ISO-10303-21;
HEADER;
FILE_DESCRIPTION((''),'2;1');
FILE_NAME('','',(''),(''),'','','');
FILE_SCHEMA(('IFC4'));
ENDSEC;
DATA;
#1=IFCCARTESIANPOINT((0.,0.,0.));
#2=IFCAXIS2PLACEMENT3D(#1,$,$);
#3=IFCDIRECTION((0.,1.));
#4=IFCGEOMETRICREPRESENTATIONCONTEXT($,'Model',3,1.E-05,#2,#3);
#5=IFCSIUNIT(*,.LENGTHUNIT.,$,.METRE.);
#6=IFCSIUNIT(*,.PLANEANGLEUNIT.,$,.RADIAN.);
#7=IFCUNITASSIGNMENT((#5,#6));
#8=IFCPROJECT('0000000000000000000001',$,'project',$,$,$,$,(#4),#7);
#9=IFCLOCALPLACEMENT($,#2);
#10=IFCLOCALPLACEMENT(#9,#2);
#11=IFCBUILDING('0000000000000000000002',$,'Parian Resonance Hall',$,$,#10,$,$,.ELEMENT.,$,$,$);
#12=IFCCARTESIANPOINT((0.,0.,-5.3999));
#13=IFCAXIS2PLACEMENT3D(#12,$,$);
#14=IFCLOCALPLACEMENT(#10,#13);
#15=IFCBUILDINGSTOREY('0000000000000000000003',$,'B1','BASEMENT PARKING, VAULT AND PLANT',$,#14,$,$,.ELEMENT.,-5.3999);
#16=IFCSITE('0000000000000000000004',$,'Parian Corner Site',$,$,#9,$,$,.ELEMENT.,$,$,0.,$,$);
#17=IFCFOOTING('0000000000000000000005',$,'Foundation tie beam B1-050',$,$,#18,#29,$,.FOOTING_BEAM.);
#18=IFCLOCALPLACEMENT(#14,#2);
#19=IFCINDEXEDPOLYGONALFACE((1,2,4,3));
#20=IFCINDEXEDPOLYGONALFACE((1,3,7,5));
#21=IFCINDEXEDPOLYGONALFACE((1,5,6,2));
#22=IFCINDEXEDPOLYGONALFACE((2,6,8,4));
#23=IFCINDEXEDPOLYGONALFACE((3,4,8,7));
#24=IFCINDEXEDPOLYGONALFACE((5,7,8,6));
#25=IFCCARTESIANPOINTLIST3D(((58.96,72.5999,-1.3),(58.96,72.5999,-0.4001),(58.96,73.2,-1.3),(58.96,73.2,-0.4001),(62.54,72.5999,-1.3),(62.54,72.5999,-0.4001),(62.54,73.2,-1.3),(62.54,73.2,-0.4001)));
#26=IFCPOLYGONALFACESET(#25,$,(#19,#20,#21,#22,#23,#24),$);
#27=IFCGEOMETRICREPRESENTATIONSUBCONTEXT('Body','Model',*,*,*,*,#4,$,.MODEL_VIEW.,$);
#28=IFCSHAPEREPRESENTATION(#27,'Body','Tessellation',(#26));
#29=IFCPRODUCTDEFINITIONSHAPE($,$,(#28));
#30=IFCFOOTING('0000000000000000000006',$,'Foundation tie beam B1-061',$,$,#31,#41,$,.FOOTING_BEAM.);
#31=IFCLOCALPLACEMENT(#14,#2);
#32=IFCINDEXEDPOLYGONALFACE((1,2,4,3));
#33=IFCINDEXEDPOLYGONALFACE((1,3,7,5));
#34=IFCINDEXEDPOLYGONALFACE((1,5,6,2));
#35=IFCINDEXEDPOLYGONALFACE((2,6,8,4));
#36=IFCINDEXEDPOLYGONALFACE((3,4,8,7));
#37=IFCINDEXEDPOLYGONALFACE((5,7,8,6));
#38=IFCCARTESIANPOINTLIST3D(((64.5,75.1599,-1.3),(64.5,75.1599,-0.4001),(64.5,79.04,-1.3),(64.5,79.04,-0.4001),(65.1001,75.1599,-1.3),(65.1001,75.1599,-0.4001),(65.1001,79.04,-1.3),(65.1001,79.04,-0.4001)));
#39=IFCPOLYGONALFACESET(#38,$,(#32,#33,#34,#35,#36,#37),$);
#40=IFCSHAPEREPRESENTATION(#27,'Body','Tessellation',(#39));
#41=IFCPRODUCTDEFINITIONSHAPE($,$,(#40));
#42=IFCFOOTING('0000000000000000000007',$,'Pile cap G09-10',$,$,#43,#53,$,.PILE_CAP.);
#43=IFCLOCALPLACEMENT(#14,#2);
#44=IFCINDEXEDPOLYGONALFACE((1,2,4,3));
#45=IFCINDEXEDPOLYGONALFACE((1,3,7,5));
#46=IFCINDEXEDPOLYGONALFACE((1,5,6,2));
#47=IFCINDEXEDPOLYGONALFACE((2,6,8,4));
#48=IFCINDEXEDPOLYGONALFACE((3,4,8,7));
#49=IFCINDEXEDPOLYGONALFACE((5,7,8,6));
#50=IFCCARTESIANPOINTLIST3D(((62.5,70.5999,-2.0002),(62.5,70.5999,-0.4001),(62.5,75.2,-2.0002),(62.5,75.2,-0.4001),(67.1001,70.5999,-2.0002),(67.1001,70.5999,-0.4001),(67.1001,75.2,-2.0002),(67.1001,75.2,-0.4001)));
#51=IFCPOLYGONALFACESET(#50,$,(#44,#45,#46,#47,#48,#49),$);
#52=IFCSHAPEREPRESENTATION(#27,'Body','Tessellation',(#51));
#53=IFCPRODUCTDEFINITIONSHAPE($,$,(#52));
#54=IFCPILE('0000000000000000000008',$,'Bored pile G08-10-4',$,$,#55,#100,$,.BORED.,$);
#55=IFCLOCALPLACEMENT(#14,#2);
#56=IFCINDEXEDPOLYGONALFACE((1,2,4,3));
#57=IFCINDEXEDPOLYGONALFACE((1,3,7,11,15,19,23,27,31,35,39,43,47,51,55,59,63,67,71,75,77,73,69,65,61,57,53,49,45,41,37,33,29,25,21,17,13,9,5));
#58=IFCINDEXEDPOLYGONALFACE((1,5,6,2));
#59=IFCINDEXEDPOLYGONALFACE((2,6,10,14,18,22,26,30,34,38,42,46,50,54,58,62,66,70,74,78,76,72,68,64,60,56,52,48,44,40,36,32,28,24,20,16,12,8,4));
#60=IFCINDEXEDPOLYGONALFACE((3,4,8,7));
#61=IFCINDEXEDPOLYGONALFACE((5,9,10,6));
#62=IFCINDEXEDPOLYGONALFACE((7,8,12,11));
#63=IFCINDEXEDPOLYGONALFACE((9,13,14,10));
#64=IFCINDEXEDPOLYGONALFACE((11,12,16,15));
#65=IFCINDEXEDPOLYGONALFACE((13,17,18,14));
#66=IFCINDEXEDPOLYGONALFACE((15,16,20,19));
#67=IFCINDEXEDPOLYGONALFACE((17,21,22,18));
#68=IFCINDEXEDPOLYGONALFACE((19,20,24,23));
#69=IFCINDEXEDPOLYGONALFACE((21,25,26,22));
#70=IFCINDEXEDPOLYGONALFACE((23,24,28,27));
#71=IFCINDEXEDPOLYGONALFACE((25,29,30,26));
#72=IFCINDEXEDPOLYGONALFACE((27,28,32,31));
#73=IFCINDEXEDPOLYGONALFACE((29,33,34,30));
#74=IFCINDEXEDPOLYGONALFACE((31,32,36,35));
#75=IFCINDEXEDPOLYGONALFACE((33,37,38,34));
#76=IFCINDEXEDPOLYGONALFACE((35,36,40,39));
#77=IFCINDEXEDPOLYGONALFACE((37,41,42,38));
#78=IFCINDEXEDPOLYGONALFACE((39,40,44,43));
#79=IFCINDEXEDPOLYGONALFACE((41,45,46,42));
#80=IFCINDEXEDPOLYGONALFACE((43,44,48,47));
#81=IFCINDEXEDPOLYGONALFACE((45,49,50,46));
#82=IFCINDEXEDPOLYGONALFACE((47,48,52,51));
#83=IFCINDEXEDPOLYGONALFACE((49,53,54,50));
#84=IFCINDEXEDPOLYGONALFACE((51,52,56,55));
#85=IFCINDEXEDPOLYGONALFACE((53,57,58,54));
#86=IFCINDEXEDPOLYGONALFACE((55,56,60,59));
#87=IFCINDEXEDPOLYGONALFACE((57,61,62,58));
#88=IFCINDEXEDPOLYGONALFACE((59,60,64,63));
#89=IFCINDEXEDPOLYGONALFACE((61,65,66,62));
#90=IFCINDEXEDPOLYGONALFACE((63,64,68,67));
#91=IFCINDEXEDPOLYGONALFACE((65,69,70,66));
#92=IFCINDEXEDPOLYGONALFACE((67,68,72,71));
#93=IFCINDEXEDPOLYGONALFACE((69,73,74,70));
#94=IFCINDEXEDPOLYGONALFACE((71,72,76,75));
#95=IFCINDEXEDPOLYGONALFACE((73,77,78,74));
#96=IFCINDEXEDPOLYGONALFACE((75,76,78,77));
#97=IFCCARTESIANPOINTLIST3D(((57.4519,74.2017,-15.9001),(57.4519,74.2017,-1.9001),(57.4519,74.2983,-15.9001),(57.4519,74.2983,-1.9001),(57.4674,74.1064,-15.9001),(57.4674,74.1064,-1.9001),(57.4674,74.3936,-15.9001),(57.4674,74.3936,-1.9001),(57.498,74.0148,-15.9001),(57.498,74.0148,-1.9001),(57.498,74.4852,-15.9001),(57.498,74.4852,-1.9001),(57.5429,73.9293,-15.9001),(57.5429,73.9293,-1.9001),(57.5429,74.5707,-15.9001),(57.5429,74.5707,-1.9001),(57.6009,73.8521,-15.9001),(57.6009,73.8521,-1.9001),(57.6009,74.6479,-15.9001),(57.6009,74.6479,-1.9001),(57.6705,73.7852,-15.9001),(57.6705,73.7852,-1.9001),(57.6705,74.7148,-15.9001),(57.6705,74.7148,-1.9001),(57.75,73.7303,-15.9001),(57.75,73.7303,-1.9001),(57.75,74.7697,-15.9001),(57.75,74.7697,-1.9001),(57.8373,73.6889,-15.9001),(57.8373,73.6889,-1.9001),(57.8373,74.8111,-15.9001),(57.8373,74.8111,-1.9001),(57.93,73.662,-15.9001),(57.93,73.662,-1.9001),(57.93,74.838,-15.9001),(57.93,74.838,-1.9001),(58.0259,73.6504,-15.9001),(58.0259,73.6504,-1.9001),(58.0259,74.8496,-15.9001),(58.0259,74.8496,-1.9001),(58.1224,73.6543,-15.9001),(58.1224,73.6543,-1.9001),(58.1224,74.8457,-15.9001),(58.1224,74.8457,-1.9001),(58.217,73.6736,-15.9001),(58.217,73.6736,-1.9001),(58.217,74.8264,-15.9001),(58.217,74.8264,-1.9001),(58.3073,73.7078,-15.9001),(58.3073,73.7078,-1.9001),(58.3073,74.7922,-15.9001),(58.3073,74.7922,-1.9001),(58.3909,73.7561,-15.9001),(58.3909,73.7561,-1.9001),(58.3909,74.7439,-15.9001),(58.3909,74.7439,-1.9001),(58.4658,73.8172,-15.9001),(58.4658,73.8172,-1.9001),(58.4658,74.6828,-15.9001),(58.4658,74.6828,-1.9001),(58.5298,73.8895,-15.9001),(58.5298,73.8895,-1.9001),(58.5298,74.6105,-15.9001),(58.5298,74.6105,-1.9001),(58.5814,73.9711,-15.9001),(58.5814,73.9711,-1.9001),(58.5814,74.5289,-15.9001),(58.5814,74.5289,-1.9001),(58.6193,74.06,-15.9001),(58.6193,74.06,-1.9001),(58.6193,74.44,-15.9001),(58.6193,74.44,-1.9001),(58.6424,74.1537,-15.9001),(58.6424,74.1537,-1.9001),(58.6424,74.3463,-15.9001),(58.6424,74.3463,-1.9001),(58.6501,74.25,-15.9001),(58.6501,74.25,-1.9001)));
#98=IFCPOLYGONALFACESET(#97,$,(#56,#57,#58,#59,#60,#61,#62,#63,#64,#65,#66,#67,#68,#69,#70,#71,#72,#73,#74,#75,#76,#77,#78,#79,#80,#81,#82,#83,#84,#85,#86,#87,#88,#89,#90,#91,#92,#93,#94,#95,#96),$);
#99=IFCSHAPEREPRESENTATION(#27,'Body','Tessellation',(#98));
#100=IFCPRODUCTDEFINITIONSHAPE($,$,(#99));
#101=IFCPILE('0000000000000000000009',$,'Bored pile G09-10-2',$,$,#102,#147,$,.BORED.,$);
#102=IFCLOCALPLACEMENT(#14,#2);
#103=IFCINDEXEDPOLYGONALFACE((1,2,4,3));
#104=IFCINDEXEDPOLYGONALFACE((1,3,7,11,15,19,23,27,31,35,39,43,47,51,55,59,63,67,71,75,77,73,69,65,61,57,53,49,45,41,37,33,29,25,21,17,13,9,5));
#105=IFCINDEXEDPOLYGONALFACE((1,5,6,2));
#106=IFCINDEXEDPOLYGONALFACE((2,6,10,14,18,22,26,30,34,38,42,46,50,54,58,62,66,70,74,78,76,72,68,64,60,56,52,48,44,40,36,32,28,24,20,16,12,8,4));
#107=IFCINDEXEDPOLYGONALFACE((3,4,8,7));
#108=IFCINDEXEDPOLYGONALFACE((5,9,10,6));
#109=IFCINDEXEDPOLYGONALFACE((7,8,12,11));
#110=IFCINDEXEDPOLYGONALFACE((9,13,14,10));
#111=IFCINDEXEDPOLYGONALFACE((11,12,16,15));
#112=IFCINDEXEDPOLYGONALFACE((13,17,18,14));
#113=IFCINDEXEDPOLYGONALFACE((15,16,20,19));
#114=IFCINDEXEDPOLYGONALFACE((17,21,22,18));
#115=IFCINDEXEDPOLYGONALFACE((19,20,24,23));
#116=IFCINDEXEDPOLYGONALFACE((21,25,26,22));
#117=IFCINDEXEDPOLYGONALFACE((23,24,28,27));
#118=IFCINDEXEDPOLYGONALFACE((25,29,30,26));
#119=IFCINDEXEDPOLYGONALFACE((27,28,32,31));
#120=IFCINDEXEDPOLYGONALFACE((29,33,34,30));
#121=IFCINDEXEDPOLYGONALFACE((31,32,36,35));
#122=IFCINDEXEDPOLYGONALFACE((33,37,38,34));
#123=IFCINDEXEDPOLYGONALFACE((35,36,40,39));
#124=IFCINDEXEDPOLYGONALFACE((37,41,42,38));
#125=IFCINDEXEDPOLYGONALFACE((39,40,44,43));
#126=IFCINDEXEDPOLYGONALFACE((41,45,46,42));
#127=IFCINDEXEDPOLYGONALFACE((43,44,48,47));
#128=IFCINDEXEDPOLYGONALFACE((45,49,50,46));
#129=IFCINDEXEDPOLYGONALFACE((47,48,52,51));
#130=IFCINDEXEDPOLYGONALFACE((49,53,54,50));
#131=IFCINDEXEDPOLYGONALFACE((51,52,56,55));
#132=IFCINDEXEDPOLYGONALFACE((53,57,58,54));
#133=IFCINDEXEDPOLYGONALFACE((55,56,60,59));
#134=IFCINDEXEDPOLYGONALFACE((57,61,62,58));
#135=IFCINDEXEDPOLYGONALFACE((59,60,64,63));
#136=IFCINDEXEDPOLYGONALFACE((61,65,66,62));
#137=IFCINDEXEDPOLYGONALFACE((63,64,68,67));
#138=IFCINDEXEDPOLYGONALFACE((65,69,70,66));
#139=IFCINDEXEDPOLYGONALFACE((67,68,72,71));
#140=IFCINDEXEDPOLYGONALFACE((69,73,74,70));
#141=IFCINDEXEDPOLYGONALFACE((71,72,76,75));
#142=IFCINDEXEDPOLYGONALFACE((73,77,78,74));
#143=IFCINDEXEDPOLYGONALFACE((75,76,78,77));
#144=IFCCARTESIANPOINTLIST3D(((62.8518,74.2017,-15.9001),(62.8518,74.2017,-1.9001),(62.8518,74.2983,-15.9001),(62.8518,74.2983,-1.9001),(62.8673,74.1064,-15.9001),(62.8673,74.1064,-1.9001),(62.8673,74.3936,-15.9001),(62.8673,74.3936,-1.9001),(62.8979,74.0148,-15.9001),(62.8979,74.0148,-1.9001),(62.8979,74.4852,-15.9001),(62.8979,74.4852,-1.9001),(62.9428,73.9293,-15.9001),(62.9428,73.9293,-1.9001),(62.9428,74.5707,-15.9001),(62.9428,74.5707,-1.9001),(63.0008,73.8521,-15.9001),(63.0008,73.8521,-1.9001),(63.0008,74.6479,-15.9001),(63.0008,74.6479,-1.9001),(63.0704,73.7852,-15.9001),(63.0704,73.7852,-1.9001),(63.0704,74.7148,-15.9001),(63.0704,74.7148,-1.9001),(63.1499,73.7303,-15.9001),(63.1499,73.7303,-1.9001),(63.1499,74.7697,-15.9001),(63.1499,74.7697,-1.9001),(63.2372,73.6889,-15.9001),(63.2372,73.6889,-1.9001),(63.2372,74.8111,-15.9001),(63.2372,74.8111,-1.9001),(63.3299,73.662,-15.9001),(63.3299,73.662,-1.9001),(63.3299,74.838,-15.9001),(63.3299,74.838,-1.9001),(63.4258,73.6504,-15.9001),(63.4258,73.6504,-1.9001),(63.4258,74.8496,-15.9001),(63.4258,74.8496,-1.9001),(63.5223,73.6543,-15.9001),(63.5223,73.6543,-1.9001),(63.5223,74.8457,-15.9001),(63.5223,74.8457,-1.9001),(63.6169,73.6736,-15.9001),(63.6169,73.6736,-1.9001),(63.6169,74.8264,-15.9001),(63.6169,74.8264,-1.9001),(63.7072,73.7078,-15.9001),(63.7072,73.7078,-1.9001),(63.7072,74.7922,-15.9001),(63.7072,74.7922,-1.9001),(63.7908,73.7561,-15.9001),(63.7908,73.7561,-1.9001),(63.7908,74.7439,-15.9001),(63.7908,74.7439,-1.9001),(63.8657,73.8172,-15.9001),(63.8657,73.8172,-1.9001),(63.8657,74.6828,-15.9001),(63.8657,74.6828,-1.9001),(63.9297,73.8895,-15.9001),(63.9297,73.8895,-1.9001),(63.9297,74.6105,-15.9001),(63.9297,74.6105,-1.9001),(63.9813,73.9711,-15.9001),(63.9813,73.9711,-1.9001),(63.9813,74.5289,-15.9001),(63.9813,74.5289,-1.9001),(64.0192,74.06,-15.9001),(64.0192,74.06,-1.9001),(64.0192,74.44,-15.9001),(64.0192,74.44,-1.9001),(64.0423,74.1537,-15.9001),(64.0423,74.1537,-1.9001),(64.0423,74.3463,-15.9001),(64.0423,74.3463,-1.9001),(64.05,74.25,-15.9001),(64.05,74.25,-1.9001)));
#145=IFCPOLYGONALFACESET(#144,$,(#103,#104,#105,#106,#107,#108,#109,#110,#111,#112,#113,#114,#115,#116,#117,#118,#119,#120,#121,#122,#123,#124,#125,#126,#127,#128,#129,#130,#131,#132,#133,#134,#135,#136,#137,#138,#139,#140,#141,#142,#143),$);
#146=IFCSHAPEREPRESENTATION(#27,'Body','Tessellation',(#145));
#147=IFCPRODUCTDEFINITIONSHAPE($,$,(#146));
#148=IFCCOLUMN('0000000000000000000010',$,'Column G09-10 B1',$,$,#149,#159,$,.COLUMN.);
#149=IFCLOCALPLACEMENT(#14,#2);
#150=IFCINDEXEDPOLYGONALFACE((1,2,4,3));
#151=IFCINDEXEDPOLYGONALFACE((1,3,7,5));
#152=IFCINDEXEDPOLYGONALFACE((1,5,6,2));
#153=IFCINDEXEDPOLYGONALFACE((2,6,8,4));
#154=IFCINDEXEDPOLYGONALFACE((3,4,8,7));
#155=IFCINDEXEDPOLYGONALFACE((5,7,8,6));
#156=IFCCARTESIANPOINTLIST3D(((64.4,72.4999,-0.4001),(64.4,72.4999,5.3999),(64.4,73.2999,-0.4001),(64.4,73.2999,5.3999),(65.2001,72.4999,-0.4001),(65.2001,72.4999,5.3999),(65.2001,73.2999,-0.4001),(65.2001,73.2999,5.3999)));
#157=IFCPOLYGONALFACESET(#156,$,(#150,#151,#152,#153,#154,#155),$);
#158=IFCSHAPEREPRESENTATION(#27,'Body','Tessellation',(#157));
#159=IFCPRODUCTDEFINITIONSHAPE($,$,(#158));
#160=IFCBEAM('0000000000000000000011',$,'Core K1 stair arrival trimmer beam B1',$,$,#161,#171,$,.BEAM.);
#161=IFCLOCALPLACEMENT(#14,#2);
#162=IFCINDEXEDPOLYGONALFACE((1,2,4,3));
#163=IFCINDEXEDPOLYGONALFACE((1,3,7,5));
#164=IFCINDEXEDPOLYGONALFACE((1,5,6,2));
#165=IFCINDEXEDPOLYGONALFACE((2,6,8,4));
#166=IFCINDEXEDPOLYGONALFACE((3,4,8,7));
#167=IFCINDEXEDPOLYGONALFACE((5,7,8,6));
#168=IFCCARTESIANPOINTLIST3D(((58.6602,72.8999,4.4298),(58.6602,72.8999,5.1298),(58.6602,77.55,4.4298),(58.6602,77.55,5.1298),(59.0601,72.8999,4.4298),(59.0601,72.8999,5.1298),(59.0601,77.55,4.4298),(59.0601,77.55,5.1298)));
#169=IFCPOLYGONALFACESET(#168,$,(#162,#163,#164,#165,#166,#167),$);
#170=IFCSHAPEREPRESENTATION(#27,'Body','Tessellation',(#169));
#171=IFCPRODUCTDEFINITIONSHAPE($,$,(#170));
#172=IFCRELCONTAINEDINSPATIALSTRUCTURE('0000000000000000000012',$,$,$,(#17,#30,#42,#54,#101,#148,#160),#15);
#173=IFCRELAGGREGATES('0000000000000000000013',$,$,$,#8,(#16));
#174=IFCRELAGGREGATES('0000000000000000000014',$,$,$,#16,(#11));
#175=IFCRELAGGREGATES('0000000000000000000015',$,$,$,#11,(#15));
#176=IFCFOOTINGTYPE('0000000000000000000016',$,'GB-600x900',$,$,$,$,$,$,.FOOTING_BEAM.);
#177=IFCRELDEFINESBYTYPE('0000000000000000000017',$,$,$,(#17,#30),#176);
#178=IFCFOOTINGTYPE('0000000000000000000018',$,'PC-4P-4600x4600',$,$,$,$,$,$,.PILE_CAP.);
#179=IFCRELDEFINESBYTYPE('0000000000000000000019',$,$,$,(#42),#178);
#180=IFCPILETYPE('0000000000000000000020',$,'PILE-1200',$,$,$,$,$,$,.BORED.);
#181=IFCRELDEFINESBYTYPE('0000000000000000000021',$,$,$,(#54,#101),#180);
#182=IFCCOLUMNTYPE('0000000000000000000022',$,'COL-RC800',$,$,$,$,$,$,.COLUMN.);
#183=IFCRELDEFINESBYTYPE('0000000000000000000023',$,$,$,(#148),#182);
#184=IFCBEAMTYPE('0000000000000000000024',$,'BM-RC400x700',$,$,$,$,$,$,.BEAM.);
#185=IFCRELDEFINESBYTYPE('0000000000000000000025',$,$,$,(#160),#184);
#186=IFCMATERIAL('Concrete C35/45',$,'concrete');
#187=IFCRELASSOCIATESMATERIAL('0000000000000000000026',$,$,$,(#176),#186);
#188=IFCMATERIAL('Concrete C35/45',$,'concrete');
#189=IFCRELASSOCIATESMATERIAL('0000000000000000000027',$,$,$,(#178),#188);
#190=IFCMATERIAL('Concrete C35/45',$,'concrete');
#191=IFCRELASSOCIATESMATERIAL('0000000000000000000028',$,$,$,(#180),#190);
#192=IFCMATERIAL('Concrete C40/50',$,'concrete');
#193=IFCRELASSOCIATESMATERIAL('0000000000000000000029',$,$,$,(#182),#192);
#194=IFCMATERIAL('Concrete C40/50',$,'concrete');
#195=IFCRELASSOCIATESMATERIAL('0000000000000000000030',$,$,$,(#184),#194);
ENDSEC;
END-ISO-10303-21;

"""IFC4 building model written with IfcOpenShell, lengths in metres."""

from ifc_helpers import new_model, si_unit, direction, frame, origin, origin_2d, place, context, subcontext, project, spatial, rectangle, circle, extrude, material, material_profile, profile_set, type_object, element, save


model = new_model("IFC4")

# Units and contexts
model_context = context("Model", 3, precision=1e-05, world=origin(), true_north=direction((0.0, 1.0)))
body_context = subcontext(model_context, "Body", "Model", "MODEL_VIEW")
ifc_project = project(units=[si_unit("LENGTHUNIT", "METRE"), si_unit("PLANEANGLEUNIT", "RADIAN")], contexts=[model_context])

# Site, building, storey
site_placement = place(None, origin())
site = spatial("IfcSite", under=ifc_project, at=site_placement, Name="Parian Corner Site", CompositionType="ELEMENT", RefElevation=0.0)
building_placement = place(site_placement, origin())
building = spatial("IfcBuilding", under=site, at=building_placement, Name="Parian Resonance Hall", CompositionType="ELEMENT")
storey_placement = place(building_placement, frame((0.0, 0.0, -5.3999)))
storey = spatial("IfcBuildingStorey", under=building, at=storey_placement, Name="B1", Description="BASEMENT PARKING, VAULT AND PLANT", CompositionType="ELEMENT", Elevation=-5.3999)

# Footings
ifc_material_1 = material(Name="Concrete C35/45", Category="concrete")
ifc_material_profile_1 = material_profile(ifc_material_1, rectangle(XDim=0.6001, YDim=0.8999, at=origin_2d()), Name="RC-GB-600x900")
ifc_profile_set_1 = profile_set([ifc_material_profile_1], Name="Concrete C35/45")
footing_type_1 = type_object("IfcFootingType", Name="GB-600x900", PredefinedType="FOOTING_BEAM", material=ifc_profile_set_1)
footing_1_placement = place(storey_placement, frame((58.96, 72.8999, -0.8501), z_axis=(1.0, 0.0, 0.0), x_axis=(0.0, 1.0, 0.0)))
element("IfcFooting", 1, at=footing_1_placement, inside=storey, type_object=footing_type_1, Name="Foundation tie beam B1-050", PredefinedType="FOOTING_BEAM", context=body_context, shape_type="SweptSolid", body=[
    extrude(rectangle(XDim=0.6001, YDim=0.8999, at=origin_2d()), origin(), (0.0, 0.0, 1.0), 3.5801),
])
footing_2_placement = place(storey_placement, frame((64.8, 75.1599, -0.8501), z_axis=(0.0, 1.0, 0.0), x_axis=(-1.0, 0.0, 0.0)))
element("IfcFooting", 2, at=footing_2_placement, inside=storey, type_object=footing_type_1, Name="Foundation tie beam B1-061", PredefinedType="FOOTING_BEAM", context=body_context, shape_type="SweptSolid", body=[
    extrude(rectangle(XDim=0.6001, YDim=0.8999, at=origin_2d()), origin(), (0.0, 0.0, 1.0), 3.8801),
])
ifc_material_2 = material(Name="Concrete C35/45", Category="concrete")
footing_type_2 = type_object("IfcFootingType", Name="PC-4P-4600x4600", PredefinedType="PILE_CAP", material=ifc_material_2)
footing_3_placement = place(storey_placement, frame((64.8, 72.8999, -2.0002), z_axis=(0.0, 0.0, 1.0), x_axis=(1.0, 0.0, 0.0)))
element("IfcFooting", 3, at=footing_3_placement, inside=storey, type_object=footing_type_2, Name="Pile cap G09-10", PredefinedType="PILE_CAP", context=body_context, shape_type="SweptSolid", body=[
    extrude(rectangle(XDim=4.6001, YDim=4.6001, at=origin_2d()), origin(), (0.0, 0.0, 1.0), 1.6001),
])

# Piles
ifc_material_3 = material(Name="Concrete C35/45", Category="concrete")
ifc_material_profile_2 = material_profile(ifc_material_3, circle(Radius=0.6001, at=origin_2d()), Name="PILE-D1200")
ifc_profile_set_2 = profile_set([ifc_material_profile_2], Name="Concrete C35/45")
pile_type = type_object("IfcPileType", Name="PILE-1200", PredefinedType="BORED", material=ifc_profile_set_2)
for number, where, z_axis, x_axis, name in (
    (4, (58.05, 74.25, -1.9001), (0.0, 0.0, -1.0), (1.0, 0.0, 0.0), "Bored pile G08-10-4"),
    (5, (63.45, 74.25, -1.9001), (0.0, 0.0, -1.0), (1.0, 0.0, 0.0), "Bored pile G09-10-2"),
):
    element("IfcPile", number, at=place(storey_placement, frame(where, z_axis=z_axis, x_axis=x_axis)), inside=storey, type_object=pile_type, Name=name, PredefinedType="BORED", context=body_context, shape_type="SweptSolid", body=[
        extrude(circle(Radius=0.6001, at=origin_2d()), origin(), (0.0, 0.0, 1.0), 14.0),
    ])

# Column
ifc_material_4 = material(Name="Concrete C40/50", Category="concrete")
ifc_material_profile_3 = material_profile(ifc_material_4, rectangle(XDim=0.8, YDim=0.8, at=origin_2d()), Name="RC-COL-800x800")
ifc_profile_set_3 = profile_set([ifc_material_profile_3], Name="Concrete C40/50")
column_type = type_object("IfcColumnType", Name="COL-RC800", PredefinedType="COLUMN", material=ifc_profile_set_3)
column_placement = place(storey_placement, frame((64.8, 72.8999, -0.4001), z_axis=(0.0, 0.0, 1.0), x_axis=(1.0, 0.0, 0.0)))
element("IfcColumn", 6, at=column_placement, inside=storey, type_object=column_type, Name="Column G09-10 B1", PredefinedType="COLUMN", context=body_context, shape_type="SweptSolid", body=[
    extrude(rectangle(XDim=0.8, YDim=0.8, at=origin_2d()), origin(), (0.0, 0.0, 1.0), 5.8),
])

# Beam
ifc_material_5 = material(Name="Concrete C40/50", Category="concrete")
ifc_material_profile_4 = material_profile(ifc_material_5, rectangle(XDim=0.3999, YDim=0.7, at=origin_2d()), Name="RC-BM-400x700")
ifc_profile_set_4 = profile_set([ifc_material_profile_4], Name="Concrete C40/50")
beam_type_1 = type_object("IfcBeamType", Name="BM-RC400x700", PredefinedType="BEAM", material=ifc_profile_set_4)
beam_1_placement = place(storey_placement, frame((58.8601, 72.8999, 4.7798), z_axis=(0.0, 1.0, 0.0), x_axis=(-1.0, 0.0, 0.0)))
element("IfcBeam", 7, at=beam_1_placement, inside=storey, type_object=beam_type_1, Name="Core K1 stair arrival trimmer beam B1", PredefinedType="BEAM", context=body_context, shape_type="SweptSolid", body=[
    extrude(rectangle(XDim=0.3999, YDim=0.7, at=origin_2d()), origin(), (0.0, 0.0, 1.0), 4.6501),
])

save(model, "model.ifc")
